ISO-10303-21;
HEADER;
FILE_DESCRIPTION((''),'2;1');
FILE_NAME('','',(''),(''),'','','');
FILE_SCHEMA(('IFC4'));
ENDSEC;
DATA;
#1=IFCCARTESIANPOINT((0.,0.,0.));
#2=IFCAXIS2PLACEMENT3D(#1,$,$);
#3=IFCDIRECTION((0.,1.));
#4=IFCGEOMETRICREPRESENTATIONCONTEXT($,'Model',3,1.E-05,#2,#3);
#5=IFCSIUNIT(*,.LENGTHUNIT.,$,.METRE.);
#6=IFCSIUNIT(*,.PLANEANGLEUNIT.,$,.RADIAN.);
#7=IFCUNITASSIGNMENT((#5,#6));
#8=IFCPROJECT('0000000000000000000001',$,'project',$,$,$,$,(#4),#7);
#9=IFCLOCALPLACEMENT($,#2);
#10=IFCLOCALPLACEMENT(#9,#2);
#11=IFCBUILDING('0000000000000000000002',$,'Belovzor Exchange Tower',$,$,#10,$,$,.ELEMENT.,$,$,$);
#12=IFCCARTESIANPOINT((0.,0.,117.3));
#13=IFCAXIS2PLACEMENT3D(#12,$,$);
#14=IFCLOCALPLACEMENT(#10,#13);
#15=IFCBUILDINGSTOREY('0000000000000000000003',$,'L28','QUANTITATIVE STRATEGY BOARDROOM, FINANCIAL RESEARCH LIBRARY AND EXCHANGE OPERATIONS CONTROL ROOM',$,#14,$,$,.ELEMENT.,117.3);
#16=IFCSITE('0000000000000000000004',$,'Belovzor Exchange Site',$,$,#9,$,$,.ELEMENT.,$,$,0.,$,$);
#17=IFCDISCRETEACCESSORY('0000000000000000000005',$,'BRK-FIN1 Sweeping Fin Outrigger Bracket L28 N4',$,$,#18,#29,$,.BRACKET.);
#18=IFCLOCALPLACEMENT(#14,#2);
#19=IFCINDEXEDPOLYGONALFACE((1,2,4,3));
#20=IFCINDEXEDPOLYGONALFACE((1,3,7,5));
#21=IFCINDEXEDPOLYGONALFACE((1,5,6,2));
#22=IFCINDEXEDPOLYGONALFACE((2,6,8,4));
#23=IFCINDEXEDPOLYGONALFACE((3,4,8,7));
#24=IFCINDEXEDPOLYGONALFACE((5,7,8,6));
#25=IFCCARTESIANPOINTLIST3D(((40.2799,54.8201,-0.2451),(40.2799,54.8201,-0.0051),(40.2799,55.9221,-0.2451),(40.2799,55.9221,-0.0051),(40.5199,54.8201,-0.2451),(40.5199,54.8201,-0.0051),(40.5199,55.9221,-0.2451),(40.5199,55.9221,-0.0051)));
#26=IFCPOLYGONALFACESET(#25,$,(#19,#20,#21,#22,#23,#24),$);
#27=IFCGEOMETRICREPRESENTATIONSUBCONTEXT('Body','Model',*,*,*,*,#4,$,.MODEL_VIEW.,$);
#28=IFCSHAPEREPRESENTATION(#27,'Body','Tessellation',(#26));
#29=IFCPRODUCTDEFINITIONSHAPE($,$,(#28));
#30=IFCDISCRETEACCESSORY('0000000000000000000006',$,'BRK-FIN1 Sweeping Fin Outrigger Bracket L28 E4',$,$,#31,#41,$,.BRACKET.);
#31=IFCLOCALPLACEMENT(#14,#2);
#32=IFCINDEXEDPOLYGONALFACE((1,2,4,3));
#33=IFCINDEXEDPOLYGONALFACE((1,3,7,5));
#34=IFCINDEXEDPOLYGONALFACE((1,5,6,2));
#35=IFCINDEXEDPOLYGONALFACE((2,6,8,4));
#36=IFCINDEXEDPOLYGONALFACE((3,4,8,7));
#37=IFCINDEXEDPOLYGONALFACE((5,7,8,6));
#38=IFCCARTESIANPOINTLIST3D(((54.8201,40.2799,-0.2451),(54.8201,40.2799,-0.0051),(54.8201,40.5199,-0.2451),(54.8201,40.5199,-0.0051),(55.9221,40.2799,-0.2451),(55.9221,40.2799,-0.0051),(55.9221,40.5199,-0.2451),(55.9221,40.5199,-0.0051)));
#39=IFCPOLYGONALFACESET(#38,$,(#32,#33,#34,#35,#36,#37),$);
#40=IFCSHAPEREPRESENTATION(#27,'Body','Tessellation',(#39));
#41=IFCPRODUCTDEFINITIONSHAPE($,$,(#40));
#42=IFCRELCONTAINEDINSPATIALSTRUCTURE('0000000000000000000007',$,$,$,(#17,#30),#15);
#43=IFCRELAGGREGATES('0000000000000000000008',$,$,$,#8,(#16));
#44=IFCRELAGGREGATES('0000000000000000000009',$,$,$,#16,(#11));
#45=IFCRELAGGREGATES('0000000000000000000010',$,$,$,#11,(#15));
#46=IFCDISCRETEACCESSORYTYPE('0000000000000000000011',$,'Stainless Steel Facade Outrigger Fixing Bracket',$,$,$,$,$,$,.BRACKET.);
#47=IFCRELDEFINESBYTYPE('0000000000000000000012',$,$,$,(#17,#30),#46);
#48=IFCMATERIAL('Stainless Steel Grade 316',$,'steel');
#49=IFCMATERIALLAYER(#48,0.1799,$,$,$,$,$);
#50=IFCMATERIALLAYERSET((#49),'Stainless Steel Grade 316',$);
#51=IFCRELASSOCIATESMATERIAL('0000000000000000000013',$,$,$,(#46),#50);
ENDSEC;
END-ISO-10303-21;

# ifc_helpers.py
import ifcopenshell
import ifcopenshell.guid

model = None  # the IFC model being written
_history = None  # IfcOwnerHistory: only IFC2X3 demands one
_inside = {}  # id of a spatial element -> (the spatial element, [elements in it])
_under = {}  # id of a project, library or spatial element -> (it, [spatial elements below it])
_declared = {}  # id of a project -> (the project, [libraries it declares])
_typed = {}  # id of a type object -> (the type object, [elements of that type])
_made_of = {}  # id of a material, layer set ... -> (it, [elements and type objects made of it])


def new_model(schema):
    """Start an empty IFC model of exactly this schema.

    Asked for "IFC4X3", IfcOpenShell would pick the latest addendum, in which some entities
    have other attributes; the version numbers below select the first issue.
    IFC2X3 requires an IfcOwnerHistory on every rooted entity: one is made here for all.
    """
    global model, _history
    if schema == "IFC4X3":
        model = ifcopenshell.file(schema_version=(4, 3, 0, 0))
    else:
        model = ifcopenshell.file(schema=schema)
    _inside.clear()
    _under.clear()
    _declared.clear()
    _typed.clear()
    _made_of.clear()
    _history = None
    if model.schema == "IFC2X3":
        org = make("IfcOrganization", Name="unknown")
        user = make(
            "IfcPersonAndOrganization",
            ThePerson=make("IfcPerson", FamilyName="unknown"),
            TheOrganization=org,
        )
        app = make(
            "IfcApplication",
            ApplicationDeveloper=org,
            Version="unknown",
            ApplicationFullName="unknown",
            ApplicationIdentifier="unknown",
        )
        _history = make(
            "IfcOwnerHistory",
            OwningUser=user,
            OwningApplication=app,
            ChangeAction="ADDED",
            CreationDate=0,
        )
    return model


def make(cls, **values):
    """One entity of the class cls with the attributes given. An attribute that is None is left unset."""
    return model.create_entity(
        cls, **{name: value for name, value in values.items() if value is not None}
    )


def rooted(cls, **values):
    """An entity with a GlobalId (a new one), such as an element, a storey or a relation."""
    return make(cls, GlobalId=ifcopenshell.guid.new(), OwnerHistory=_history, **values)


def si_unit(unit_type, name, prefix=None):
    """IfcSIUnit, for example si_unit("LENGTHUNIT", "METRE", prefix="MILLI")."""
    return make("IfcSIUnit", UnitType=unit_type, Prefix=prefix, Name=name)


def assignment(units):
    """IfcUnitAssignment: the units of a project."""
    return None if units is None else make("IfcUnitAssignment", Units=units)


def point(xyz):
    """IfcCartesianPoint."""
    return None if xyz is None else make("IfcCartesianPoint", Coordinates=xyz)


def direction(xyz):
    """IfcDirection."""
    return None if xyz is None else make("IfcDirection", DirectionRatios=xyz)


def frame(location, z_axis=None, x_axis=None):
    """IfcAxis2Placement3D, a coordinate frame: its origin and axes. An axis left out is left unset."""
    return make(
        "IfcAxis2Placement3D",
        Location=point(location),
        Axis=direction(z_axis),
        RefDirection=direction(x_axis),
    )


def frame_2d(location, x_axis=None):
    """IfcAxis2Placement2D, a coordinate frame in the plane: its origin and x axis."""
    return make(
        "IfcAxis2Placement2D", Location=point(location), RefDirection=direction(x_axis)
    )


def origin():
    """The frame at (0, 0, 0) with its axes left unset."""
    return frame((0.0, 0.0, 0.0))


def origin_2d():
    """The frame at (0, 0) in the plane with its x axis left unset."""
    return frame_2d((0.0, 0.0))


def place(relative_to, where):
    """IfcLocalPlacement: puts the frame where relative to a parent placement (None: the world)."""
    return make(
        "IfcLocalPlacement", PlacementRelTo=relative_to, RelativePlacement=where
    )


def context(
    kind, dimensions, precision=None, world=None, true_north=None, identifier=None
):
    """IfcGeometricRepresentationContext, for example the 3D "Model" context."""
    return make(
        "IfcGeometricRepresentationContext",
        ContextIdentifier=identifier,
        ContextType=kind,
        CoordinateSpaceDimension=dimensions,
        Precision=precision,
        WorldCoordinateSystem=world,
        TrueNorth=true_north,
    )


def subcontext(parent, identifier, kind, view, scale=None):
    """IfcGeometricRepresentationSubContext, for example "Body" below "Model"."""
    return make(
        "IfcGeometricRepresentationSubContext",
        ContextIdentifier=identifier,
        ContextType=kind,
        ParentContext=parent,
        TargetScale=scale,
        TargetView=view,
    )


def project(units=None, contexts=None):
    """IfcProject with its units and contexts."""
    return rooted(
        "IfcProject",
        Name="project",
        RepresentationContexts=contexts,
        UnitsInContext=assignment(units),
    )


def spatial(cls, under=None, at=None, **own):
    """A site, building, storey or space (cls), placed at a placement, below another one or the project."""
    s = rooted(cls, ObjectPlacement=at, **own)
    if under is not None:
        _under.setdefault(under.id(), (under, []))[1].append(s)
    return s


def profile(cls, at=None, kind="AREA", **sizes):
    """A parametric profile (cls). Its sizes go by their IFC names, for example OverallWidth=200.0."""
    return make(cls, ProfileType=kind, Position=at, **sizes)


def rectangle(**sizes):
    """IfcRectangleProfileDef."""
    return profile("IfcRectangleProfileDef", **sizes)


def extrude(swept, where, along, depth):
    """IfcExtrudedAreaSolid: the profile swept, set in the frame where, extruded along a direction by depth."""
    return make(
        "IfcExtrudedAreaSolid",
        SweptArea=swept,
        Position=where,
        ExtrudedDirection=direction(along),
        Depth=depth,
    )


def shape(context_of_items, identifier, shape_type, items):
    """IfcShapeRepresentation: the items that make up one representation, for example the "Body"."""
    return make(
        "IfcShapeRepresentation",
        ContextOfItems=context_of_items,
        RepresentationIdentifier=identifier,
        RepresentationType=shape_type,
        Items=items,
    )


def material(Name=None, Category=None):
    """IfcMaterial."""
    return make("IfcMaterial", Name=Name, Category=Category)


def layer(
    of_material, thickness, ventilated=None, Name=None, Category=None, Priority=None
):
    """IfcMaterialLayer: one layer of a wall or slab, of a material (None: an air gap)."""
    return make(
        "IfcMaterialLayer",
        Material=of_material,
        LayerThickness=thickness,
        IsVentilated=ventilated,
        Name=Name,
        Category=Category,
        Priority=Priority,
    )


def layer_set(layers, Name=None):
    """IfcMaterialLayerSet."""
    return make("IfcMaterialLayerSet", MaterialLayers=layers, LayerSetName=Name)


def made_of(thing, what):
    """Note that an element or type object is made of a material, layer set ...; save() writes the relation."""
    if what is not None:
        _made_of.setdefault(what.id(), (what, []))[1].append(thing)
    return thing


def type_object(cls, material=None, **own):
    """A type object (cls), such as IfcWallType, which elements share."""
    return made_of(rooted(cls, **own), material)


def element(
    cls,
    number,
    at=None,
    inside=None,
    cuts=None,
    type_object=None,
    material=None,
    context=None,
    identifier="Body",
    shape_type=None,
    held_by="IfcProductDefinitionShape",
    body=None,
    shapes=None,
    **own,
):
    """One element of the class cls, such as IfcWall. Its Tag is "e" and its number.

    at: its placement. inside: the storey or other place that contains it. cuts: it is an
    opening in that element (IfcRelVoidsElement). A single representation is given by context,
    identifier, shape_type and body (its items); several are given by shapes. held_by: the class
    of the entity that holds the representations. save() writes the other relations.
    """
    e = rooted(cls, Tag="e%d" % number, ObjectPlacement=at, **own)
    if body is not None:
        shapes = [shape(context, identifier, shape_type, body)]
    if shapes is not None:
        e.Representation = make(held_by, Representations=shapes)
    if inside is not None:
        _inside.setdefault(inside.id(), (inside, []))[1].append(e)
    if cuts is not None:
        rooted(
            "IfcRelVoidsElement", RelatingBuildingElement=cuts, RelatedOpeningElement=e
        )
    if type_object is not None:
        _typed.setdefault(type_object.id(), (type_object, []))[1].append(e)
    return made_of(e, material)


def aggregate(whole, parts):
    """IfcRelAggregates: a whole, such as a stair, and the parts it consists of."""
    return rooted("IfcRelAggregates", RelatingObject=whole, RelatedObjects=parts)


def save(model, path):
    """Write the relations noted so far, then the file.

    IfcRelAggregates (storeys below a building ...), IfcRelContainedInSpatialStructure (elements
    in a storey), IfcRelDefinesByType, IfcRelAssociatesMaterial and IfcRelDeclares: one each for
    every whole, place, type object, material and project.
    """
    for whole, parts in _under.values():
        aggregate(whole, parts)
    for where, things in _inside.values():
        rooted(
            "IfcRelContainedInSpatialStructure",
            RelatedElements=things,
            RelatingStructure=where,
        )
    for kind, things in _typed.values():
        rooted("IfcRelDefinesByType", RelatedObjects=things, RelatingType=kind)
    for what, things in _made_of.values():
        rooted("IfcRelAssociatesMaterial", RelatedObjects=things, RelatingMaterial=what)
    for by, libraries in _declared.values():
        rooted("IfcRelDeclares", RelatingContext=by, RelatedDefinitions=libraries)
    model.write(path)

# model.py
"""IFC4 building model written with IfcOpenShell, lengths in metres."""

from ifc_helpers import new_model, si_unit, direction, frame, origin, origin_2d, place, context, subcontext, project, spatial, rectangle, extrude, material, layer, layer_set, type_object, element, save


model = new_model("IFC4")

# Units and contexts
model_context = context("Model", 3, precision=1e-05, world=origin(), true_north=direction((0.0, 1.0)))
body_context = subcontext(model_context, "Body", "Model", "MODEL_VIEW")
ifc_project = project(units=[si_unit("LENGTHUNIT", "METRE"), si_unit("PLANEANGLEUNIT", "RADIAN")], contexts=[model_context])

# Site, building, storey
site_placement = place(None, origin())
site = spatial("IfcSite", under=ifc_project, at=site_placement, Name="Belovzor Exchange Site", CompositionType="ELEMENT", RefElevation=0.0)
building_placement = place(site_placement, origin())
building = spatial("IfcBuilding", under=site, at=building_placement, Name="Belovzor Exchange Tower", CompositionType="ELEMENT")
storey_placement = place(building_placement, frame((0.0, 0.0, 117.3)))
storey = spatial("IfcBuildingStorey", under=building, at=storey_placement, Name="L28", Description="QUANTITATIVE STRATEGY BOARDROOM, FINANCIAL RESEARCH LIBRARY AND EXCHANGE OPERATIONS CONTROL ROOM", CompositionType="ELEMENT", Elevation=117.3)

# Discrete accessories
ifc_material_1 = material(Name="Stainless Steel Grade 316", Category="steel")
ifc_layer_1 = layer(ifc_material_1, 0.1799)
ifc_layer_set_1 = layer_set([ifc_layer_1], Name="Stainless Steel Grade 316")
discrete_accessory_type = type_object("IfcDiscreteAccessoryType", Name="Stainless Steel Facade Outrigger Fixing Bracket", PredefinedType="BRACKET", material=ifc_layer_set_1)
for number, where, z_axis, x_axis, name in (
    (1, (40.3999, 55.3711, -0.2451), (0.0, 0.0, 1.0), (0.0, 1.0, 0.0), "BRK-FIN1 Sweeping Fin Outrigger Bracket L28 N4"),
    (2, (55.3711, 40.3999, -0.2451), (0.0, 0.0, 1.0), (1.0, 0.0, 0.0), "BRK-FIN1 Sweeping Fin Outrigger Bracket L28 E4"),
):
    element("IfcDiscreteAccessory", number, at=place(storey_placement, frame(where, z_axis=z_axis, x_axis=x_axis)), inside=storey, type_object=discrete_accessory_type, Name=name, PredefinedType="BRACKET", context=body_context, shape_type="SweptSolid", body=[
        extrude(rectangle(XDim=1.1021, YDim=0.24, at=origin_2d()), origin(), (0.0, 0.0, 1.0), 0.24),
    ])

save(model, "model.ifc")
